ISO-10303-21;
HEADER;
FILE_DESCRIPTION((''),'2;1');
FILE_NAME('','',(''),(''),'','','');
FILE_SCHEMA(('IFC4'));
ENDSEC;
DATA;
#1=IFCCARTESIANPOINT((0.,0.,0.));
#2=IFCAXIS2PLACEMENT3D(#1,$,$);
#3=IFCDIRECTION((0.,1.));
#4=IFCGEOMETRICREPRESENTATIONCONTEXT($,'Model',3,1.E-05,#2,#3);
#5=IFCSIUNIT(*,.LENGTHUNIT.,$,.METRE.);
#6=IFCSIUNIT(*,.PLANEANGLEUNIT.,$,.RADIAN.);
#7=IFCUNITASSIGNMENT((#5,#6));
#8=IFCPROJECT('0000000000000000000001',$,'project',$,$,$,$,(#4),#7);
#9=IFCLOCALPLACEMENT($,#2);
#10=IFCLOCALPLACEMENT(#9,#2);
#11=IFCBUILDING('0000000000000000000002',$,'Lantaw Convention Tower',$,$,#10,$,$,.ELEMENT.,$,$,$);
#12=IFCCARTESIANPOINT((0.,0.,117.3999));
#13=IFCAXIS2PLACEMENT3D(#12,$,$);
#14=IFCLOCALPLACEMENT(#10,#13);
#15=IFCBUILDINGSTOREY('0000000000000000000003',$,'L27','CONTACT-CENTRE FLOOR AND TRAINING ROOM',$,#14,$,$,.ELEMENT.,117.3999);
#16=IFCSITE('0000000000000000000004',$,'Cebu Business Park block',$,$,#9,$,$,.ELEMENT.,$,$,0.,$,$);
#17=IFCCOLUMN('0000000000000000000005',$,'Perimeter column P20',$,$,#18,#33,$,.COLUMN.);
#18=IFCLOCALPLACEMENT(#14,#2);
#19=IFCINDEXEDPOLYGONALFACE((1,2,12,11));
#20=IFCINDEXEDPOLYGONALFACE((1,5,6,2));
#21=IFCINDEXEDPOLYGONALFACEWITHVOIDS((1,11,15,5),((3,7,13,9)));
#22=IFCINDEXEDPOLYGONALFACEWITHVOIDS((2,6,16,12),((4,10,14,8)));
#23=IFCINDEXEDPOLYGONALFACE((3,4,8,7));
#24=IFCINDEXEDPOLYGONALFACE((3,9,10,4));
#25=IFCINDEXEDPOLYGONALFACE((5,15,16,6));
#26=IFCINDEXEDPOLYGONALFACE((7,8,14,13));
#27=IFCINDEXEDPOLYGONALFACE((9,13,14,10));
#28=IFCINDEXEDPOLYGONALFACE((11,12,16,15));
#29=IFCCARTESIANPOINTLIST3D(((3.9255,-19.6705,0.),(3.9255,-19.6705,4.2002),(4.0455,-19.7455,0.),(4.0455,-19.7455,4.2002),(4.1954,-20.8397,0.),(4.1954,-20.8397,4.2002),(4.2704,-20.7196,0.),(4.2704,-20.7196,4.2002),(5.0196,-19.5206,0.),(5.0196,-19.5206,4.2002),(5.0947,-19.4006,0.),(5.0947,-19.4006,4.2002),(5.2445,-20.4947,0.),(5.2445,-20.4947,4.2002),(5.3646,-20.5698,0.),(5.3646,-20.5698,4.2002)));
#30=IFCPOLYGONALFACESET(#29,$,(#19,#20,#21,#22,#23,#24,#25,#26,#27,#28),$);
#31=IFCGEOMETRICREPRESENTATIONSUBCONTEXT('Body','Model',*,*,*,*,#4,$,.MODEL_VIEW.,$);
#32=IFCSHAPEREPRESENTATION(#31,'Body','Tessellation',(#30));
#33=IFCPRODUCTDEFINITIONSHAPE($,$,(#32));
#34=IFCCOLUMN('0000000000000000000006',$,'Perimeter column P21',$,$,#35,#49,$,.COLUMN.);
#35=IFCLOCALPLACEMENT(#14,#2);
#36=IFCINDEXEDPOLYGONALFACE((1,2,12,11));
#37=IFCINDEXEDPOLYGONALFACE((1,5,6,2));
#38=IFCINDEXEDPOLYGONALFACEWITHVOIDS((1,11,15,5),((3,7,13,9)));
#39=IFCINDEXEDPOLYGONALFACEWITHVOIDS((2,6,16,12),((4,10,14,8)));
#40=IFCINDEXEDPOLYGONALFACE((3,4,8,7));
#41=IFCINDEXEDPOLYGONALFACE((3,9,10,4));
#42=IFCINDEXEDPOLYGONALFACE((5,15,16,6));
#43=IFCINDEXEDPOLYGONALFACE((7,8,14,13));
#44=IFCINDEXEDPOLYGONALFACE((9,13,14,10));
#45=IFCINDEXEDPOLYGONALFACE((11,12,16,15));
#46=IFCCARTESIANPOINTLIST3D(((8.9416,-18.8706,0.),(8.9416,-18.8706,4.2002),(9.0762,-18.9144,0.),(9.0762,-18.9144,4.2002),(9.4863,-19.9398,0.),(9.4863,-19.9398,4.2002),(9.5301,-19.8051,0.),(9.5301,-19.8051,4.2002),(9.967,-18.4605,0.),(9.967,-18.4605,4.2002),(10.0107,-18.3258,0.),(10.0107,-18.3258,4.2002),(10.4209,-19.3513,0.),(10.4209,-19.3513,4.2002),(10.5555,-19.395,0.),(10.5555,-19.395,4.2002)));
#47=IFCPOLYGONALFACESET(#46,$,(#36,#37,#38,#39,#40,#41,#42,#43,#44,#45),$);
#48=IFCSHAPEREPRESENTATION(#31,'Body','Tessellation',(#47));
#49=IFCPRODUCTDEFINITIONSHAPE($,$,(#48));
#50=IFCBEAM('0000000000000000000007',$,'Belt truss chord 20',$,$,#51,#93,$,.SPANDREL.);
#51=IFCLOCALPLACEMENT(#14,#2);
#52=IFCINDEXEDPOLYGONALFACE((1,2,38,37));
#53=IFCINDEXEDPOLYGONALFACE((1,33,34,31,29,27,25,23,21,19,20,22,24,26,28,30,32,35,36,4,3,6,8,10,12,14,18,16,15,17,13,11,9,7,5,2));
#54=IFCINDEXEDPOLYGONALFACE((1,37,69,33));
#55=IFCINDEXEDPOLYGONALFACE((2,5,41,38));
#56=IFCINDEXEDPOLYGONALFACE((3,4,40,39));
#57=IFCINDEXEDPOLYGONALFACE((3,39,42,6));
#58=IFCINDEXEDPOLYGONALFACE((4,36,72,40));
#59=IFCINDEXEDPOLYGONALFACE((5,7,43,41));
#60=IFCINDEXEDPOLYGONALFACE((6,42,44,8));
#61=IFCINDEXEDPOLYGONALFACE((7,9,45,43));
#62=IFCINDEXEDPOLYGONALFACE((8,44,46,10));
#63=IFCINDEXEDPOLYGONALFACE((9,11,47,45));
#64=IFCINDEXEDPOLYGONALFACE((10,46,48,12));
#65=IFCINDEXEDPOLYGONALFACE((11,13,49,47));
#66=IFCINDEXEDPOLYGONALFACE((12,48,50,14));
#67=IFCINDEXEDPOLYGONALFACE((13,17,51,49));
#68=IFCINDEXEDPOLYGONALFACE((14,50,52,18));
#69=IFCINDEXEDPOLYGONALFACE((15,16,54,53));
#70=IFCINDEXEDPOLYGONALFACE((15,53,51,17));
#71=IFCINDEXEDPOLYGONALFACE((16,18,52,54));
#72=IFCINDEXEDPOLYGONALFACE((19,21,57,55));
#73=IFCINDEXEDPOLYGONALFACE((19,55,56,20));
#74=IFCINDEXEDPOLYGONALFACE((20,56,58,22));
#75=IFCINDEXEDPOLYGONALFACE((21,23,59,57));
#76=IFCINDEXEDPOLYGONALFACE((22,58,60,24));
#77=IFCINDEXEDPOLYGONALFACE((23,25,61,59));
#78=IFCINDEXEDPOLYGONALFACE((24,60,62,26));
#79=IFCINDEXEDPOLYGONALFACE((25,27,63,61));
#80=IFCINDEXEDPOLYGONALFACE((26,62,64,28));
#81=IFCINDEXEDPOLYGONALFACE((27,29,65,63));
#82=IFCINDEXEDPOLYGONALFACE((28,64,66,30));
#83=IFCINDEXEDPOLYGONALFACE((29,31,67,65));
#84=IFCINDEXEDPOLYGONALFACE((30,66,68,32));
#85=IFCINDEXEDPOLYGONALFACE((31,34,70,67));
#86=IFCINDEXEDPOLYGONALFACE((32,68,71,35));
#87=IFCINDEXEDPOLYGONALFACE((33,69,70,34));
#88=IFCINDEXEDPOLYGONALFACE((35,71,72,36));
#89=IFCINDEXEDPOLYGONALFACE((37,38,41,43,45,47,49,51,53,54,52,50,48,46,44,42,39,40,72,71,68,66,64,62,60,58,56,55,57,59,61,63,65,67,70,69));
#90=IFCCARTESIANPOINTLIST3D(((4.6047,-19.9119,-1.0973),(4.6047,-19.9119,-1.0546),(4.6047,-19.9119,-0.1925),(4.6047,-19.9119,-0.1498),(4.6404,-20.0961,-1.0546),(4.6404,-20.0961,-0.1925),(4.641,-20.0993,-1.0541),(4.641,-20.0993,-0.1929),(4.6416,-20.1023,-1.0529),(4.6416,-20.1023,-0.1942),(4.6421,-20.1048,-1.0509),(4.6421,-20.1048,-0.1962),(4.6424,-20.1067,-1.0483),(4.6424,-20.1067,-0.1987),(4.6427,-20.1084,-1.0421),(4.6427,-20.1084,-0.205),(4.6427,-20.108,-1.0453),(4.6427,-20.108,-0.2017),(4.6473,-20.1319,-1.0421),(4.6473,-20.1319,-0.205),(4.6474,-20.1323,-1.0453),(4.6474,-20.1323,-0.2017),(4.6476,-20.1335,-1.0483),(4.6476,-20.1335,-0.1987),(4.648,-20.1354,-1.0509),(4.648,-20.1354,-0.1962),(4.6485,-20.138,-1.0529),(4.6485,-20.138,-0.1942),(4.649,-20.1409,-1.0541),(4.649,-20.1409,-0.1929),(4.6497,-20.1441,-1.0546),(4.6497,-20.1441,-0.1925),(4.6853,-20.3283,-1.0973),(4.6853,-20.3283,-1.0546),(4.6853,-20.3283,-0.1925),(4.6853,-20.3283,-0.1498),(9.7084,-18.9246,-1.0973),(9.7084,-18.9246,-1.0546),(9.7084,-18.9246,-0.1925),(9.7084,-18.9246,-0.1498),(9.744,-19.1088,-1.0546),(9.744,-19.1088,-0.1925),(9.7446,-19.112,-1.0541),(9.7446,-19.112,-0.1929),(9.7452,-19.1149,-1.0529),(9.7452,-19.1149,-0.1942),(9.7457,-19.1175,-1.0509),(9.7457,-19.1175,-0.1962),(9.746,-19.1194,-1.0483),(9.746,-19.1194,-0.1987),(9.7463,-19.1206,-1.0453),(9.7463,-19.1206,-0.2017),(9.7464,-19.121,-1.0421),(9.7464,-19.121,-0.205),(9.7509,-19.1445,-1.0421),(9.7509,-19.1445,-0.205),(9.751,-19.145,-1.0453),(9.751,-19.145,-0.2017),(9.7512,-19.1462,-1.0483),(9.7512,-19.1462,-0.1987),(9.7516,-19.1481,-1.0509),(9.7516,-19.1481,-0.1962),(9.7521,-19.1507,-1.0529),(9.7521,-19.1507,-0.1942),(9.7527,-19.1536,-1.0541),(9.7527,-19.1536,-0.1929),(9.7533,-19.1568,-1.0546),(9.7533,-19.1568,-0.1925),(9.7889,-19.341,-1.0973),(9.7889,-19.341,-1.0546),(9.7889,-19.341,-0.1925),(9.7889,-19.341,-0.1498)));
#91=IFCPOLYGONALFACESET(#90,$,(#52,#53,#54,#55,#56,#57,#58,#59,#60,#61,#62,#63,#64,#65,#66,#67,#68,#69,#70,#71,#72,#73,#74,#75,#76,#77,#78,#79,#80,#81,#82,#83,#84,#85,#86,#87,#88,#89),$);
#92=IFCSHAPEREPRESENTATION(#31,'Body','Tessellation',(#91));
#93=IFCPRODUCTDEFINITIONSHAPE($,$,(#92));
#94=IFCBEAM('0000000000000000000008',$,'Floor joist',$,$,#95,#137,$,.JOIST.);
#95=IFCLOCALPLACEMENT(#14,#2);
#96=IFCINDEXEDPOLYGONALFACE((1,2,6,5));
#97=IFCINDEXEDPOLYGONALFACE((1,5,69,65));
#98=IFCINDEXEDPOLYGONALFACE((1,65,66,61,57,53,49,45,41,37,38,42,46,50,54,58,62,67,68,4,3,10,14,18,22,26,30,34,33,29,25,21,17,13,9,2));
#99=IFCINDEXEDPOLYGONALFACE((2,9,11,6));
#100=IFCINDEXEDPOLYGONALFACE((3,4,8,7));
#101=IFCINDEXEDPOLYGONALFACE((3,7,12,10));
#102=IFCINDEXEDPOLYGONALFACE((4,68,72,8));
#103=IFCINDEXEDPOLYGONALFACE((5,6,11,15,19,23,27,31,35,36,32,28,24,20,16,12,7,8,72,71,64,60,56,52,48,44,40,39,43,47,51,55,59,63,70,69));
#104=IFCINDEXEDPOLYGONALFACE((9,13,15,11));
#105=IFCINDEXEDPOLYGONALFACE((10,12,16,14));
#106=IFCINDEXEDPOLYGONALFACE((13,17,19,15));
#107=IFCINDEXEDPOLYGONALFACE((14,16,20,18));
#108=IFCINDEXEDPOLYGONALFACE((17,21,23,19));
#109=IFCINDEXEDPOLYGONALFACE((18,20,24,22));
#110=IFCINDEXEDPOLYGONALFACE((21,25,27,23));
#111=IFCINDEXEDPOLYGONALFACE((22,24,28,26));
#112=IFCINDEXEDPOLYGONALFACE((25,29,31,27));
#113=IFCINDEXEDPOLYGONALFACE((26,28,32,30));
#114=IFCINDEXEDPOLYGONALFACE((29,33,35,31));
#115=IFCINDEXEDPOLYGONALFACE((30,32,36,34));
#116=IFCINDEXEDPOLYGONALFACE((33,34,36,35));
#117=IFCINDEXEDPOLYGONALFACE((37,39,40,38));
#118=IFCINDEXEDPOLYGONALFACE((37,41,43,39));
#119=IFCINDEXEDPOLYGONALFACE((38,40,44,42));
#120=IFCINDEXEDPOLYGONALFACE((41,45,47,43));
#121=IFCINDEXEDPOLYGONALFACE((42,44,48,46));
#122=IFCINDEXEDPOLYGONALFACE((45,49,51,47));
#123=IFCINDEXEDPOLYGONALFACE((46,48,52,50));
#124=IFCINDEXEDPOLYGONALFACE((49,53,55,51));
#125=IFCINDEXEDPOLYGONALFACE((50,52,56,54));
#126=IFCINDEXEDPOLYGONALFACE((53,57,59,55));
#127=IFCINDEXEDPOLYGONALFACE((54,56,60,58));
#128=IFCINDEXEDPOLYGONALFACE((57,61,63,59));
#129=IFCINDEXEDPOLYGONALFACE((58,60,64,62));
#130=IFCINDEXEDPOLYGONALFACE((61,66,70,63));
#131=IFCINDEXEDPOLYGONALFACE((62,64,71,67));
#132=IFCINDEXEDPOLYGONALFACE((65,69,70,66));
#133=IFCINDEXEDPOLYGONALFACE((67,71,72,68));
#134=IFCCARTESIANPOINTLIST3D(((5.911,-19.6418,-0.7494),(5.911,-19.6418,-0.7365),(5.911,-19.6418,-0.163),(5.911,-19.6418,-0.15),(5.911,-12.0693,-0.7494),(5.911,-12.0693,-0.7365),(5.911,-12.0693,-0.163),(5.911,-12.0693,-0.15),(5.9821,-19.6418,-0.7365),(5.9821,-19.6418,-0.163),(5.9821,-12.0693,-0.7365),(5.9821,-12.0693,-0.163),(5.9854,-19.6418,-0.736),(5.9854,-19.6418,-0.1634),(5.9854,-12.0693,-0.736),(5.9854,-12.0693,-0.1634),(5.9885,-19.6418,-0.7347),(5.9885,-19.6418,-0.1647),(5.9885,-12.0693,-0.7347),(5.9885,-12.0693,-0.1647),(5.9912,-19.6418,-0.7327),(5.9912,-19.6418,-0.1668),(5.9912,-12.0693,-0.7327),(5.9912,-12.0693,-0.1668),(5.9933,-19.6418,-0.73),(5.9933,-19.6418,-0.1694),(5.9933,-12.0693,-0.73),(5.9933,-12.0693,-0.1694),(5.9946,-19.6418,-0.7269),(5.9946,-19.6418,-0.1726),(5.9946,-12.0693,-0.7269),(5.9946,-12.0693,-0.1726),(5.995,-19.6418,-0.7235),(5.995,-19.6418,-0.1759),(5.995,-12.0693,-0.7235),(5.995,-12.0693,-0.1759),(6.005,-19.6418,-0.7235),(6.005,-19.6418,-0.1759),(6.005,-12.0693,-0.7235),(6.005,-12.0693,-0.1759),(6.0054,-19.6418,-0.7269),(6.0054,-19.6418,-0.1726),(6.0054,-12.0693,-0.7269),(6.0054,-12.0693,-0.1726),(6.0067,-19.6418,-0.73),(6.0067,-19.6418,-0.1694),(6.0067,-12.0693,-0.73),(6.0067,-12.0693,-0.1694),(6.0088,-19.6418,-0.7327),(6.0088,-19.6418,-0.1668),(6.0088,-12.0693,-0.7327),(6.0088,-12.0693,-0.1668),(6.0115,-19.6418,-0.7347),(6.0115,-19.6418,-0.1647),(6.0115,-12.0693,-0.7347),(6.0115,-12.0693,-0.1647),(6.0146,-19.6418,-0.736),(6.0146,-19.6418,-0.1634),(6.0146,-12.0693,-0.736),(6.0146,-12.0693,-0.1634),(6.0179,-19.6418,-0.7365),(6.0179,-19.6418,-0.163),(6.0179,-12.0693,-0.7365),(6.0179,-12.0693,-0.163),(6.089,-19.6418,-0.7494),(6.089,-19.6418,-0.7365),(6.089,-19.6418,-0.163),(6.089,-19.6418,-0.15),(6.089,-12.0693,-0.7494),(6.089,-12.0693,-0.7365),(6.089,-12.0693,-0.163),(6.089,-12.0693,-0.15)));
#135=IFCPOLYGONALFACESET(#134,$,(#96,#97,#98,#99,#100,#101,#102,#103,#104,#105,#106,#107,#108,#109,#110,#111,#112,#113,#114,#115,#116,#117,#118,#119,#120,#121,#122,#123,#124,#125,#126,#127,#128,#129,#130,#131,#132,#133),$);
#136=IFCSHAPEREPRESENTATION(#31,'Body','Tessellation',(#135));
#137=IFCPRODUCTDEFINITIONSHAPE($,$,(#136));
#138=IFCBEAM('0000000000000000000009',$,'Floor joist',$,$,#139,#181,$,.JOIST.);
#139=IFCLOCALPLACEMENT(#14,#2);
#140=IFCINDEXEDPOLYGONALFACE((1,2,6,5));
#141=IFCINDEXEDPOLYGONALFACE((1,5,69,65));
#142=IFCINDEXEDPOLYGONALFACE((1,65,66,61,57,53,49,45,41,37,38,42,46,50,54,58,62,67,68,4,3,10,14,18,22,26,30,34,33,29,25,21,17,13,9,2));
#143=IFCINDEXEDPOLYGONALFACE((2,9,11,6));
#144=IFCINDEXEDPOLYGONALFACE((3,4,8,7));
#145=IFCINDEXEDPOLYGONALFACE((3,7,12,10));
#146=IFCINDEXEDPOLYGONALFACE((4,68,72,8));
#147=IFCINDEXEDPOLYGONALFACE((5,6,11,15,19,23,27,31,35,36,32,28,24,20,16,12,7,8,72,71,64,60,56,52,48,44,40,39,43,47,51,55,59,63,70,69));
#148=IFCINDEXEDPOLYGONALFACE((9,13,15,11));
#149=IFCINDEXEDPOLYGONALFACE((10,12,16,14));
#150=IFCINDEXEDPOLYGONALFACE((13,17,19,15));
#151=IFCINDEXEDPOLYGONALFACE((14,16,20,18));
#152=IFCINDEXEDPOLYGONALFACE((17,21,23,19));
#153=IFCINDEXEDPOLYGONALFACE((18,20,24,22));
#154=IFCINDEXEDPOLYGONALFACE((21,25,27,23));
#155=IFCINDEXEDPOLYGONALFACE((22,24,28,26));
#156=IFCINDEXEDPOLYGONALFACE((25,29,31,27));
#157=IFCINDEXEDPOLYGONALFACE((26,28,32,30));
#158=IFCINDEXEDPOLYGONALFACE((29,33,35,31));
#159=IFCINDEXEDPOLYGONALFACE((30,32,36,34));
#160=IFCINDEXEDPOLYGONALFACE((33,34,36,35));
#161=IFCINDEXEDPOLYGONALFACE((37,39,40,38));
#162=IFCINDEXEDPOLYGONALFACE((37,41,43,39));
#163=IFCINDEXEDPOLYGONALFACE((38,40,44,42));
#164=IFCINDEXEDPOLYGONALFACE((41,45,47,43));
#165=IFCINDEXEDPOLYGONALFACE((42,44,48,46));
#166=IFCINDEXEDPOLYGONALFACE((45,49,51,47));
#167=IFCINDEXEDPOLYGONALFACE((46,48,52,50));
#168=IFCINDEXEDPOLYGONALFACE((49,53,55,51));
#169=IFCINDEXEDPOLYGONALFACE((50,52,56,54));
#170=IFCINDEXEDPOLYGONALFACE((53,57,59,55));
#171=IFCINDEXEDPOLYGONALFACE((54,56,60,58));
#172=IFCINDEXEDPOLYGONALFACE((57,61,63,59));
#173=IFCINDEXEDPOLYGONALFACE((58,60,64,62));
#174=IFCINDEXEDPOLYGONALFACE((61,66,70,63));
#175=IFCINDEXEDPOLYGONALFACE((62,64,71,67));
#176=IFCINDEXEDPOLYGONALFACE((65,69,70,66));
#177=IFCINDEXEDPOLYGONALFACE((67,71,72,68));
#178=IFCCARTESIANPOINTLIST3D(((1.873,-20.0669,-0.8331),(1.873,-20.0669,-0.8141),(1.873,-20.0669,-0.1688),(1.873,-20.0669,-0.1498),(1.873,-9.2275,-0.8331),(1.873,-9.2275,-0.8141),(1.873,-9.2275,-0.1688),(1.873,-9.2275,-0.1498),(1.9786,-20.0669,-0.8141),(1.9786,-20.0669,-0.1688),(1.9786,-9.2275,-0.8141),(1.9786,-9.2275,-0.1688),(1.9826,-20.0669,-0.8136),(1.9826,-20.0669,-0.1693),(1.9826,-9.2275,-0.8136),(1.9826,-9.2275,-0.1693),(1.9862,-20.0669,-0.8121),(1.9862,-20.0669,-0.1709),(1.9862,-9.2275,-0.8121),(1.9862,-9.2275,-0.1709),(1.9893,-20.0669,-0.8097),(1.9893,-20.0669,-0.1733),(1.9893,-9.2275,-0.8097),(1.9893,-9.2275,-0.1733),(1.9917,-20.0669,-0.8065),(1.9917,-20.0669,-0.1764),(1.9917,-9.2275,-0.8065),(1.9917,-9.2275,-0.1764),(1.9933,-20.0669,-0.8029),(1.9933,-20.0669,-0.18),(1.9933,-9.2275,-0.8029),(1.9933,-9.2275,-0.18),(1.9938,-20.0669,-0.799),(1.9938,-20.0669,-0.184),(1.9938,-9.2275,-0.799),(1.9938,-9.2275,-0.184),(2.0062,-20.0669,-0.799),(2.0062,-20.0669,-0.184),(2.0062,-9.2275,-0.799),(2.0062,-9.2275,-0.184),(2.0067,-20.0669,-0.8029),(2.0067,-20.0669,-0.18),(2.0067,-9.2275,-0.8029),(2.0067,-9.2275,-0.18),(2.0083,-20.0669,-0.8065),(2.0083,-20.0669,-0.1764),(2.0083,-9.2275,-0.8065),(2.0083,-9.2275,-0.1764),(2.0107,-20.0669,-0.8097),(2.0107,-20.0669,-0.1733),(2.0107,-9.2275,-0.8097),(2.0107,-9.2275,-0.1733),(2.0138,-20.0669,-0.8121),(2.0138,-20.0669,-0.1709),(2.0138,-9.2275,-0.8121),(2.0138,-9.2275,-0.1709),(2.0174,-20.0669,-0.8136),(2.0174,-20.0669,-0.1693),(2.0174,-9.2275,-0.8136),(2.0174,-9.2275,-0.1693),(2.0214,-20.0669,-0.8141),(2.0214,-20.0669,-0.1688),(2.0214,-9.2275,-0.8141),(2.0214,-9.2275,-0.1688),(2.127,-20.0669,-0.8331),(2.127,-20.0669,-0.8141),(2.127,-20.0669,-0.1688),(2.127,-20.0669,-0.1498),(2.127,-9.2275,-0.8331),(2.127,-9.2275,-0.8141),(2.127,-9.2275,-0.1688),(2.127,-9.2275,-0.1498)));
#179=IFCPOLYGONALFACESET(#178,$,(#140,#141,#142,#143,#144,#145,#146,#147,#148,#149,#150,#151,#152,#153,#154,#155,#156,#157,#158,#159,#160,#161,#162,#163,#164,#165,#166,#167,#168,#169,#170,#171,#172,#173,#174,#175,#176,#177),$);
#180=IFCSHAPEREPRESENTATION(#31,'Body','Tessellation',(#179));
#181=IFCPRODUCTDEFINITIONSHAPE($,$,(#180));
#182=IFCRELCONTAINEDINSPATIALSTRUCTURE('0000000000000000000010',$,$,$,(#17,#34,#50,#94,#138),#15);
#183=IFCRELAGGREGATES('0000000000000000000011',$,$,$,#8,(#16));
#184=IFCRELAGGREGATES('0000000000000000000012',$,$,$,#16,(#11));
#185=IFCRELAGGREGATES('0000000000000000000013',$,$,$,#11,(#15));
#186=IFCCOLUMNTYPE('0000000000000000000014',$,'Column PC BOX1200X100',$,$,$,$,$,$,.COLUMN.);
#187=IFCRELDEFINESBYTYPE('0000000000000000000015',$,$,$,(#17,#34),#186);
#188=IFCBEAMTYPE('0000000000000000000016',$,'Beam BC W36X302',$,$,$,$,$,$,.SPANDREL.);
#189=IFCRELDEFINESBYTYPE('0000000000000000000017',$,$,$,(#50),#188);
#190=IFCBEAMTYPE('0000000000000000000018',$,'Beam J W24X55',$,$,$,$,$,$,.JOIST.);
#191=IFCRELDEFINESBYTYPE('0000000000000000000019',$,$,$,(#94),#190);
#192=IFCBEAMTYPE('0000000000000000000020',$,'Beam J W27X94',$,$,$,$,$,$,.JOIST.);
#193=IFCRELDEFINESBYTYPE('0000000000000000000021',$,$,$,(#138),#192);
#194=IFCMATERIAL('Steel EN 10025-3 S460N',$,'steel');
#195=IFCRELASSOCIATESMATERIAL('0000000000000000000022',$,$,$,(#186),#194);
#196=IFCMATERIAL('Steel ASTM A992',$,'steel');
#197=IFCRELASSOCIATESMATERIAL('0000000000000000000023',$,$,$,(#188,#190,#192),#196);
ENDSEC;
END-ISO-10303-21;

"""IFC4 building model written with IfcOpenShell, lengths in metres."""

from ifc_helpers import new_model, si_unit, direction, frame, origin, origin_2d, place, context, subcontext, project, spatial, rectangle, hollow_rectangle, i_section, extrude, material, material_profile, profile_set, type_object, element, save


model = new_model("IFC4")

# Units and contexts
model_context = context("Model", 3, precision=1e-05, world=origin(), true_north=direction((0.0, 1.0)))
body_context = subcontext(model_context, "Body", "Model", "MODEL_VIEW")
ifc_project = project(units=[si_unit("LENGTHUNIT", "METRE"), si_unit("PLANEANGLEUNIT", "RADIAN")], contexts=[model_context])

# Site, building, storey
site_placement = place(None, origin())
site = spatial("IfcSite", under=ifc_project, at=site_placement, Name="Cebu Business Park block", CompositionType="ELEMENT", RefElevation=0.0)
building_placement = place(site_placement, origin())
building = spatial("IfcBuilding", under=site, at=building_placement, Name="Lantaw Convention Tower", CompositionType="ELEMENT")
storey_placement = place(building_placement, frame((0.0, 0.0, 117.3999)))
storey = spatial("IfcBuildingStorey", under=building, at=storey_placement, Name="L27", Description="CONTACT-CENTRE FLOOR AND TRAINING ROOM", CompositionType="ELEMENT", Elevation=117.3999)

# Columns
ifc_material_1 = material(Name="Steel EN 10025-3 S460N", Category="steel")
ifc_material_profile_1 = material_profile(ifc_material_1, hollow_rectangle(XDim=1.2, YDim=1.2, WallThickness=0.1001, at=origin_2d()), Name="BOX1200X100")
ifc_material_2 = material(Name="Concrete C60/75", Category="concrete")
ifc_material_profile_2 = material_profile(ifc_material_2, rectangle(XDim=1.0, YDim=1.0, at=origin_2d()), Name="Concrete fill of BOX1200X100")
ifc_profile_set_1 = profile_set([ifc_material_profile_1, ifc_material_profile_2], Name="Steel EN 10025-3 S460N")
column_type = type_object("IfcColumnType", Name="Column PC BOX1200X100", PredefinedType="COLUMN", material=ifc_profile_set_1)
for number, where, z_axis, x_axis, name in (
    (1, (4.645, -20.1201, 0.0), (0.0, 0.0, 1.0), (0.97437, 0.224951, 0.0), "Perimeter column P20"),
    (2, (9.7485, -19.1328, 0.0), (0.0, 0.0, 1.0), (0.891007, 0.45399, 0.0), "Perimeter column P21"),
):
    element("IfcColumn", number, at=place(storey_placement, frame(where, z_axis=z_axis, x_axis=x_axis)), inside=storey, type_object=column_type, Name=name, PredefinedType="COLUMN", context=body_context, shape_type="SweptSolid", body=[
        extrude(hollow_rectangle(XDim=1.2, YDim=1.2, WallThickness=0.1001, at=origin_2d()), origin(), (0.0, 0.0, 1.0), 4.2002),
    ])

# Beams
ifc_material_3 = material(Name="Steel ASTM A992", Category="steel")
ifc_material_profile_3 = material_profile(ifc_material_3, i_section(OverallWidth=0.4241, OverallDepth=0.9475, WebThickness=0.0239, FlangeThickness=0.0427, FilletRadius=0.0125, at=origin_2d()), Name="W36X302")
ifc_profile_set_2 = profile_set([ifc_material_profile_3], Name="Steel ASTM A992")
beam_type_1 = type_object("IfcBeamType", Name="Beam BC W36X302", PredefinedType="SPANDREL", material=ifc_profile_set_2)
beam_1_placement = place(storey_placement, frame((4.645, -20.1201, -0.6235), z_axis=(0.981797, 0.189934, 0.0), x_axis=(-0.189934, 0.981797, 0.0)))
element("IfcBeam", 3, at=beam_1_placement, inside=storey, type_object=beam_type_1, Name="Belt truss chord 20", PredefinedType="SPANDREL", context=body_context, shape_type="SweptSolid", body=[
    extrude(i_section(OverallWidth=0.4241, OverallDepth=0.9475, WebThickness=0.0239, FlangeThickness=0.0427, FilletRadius=0.0125, at=origin_2d()), origin(), (0.0, 0.0, 1.0), 5.1982),
])
ifc_material_profile_4 = material_profile(ifc_material_3, i_section(OverallWidth=0.178, OverallDepth=0.5994, WebThickness=0.01, FlangeThickness=0.0129, FilletRadius=0.0129, at=origin_2d()), Name="W24X55")
ifc_profile_set_3 = profile_set([ifc_material_profile_4], Name="Steel ASTM A992")
beam_type_2 = type_object("IfcBeamType", Name="Beam J W24X55", PredefinedType="JOIST", material=ifc_profile_set_3)
beam_2_placement = place(storey_placement, frame((6.0, -19.6418, -0.4497), z_axis=(0.0, 1.0, 0.0), x_axis=(-1.0, 0.0, 0.0)))
element("IfcBeam", 4, at=beam_2_placement, inside=storey, type_object=beam_type_2, Name="Floor joist", PredefinedType="JOIST", context=body_context, shape_type="SweptSolid", body=[
    extrude(i_section(OverallWidth=0.178, OverallDepth=0.5994, WebThickness=0.01, FlangeThickness=0.0129, FilletRadius=0.0129, at=origin_2d()), origin(), (0.0, 0.0, 1.0), 7.5725),
])
ifc_material_profile_5 = material_profile(ifc_material_3, i_section(OverallWidth=0.2539, OverallDepth=0.6833, WebThickness=0.0125, FlangeThickness=0.019, FilletRadius=0.0151, at=origin_2d()), Name="W27X94")
ifc_profile_set_4 = profile_set([ifc_material_profile_5], Name="Steel ASTM A992")
beam_type_3 = type_object("IfcBeamType", Name="Beam J W27X94", PredefinedType="JOIST", material=ifc_profile_set_4)
beam_3_placement = place(storey_placement, frame((2.0, -20.0669, -0.4915), z_axis=(0.0, 1.0, 0.0), x_axis=(-1.0, 0.0, 0.0)))
element("IfcBeam", 5, at=beam_3_placement, inside=storey, type_object=beam_type_3, Name="Floor joist", PredefinedType="JOIST", context=body_context, shape_type="SweptSolid", body=[
    extrude(i_section(OverallWidth=0.2539, OverallDepth=0.6833, WebThickness=0.0125, FlangeThickness=0.019, FilletRadius=0.0151, at=origin_2d()), origin(), (0.0, 0.0, 1.0), 10.8394),
])

save(model, "model.ifc")
